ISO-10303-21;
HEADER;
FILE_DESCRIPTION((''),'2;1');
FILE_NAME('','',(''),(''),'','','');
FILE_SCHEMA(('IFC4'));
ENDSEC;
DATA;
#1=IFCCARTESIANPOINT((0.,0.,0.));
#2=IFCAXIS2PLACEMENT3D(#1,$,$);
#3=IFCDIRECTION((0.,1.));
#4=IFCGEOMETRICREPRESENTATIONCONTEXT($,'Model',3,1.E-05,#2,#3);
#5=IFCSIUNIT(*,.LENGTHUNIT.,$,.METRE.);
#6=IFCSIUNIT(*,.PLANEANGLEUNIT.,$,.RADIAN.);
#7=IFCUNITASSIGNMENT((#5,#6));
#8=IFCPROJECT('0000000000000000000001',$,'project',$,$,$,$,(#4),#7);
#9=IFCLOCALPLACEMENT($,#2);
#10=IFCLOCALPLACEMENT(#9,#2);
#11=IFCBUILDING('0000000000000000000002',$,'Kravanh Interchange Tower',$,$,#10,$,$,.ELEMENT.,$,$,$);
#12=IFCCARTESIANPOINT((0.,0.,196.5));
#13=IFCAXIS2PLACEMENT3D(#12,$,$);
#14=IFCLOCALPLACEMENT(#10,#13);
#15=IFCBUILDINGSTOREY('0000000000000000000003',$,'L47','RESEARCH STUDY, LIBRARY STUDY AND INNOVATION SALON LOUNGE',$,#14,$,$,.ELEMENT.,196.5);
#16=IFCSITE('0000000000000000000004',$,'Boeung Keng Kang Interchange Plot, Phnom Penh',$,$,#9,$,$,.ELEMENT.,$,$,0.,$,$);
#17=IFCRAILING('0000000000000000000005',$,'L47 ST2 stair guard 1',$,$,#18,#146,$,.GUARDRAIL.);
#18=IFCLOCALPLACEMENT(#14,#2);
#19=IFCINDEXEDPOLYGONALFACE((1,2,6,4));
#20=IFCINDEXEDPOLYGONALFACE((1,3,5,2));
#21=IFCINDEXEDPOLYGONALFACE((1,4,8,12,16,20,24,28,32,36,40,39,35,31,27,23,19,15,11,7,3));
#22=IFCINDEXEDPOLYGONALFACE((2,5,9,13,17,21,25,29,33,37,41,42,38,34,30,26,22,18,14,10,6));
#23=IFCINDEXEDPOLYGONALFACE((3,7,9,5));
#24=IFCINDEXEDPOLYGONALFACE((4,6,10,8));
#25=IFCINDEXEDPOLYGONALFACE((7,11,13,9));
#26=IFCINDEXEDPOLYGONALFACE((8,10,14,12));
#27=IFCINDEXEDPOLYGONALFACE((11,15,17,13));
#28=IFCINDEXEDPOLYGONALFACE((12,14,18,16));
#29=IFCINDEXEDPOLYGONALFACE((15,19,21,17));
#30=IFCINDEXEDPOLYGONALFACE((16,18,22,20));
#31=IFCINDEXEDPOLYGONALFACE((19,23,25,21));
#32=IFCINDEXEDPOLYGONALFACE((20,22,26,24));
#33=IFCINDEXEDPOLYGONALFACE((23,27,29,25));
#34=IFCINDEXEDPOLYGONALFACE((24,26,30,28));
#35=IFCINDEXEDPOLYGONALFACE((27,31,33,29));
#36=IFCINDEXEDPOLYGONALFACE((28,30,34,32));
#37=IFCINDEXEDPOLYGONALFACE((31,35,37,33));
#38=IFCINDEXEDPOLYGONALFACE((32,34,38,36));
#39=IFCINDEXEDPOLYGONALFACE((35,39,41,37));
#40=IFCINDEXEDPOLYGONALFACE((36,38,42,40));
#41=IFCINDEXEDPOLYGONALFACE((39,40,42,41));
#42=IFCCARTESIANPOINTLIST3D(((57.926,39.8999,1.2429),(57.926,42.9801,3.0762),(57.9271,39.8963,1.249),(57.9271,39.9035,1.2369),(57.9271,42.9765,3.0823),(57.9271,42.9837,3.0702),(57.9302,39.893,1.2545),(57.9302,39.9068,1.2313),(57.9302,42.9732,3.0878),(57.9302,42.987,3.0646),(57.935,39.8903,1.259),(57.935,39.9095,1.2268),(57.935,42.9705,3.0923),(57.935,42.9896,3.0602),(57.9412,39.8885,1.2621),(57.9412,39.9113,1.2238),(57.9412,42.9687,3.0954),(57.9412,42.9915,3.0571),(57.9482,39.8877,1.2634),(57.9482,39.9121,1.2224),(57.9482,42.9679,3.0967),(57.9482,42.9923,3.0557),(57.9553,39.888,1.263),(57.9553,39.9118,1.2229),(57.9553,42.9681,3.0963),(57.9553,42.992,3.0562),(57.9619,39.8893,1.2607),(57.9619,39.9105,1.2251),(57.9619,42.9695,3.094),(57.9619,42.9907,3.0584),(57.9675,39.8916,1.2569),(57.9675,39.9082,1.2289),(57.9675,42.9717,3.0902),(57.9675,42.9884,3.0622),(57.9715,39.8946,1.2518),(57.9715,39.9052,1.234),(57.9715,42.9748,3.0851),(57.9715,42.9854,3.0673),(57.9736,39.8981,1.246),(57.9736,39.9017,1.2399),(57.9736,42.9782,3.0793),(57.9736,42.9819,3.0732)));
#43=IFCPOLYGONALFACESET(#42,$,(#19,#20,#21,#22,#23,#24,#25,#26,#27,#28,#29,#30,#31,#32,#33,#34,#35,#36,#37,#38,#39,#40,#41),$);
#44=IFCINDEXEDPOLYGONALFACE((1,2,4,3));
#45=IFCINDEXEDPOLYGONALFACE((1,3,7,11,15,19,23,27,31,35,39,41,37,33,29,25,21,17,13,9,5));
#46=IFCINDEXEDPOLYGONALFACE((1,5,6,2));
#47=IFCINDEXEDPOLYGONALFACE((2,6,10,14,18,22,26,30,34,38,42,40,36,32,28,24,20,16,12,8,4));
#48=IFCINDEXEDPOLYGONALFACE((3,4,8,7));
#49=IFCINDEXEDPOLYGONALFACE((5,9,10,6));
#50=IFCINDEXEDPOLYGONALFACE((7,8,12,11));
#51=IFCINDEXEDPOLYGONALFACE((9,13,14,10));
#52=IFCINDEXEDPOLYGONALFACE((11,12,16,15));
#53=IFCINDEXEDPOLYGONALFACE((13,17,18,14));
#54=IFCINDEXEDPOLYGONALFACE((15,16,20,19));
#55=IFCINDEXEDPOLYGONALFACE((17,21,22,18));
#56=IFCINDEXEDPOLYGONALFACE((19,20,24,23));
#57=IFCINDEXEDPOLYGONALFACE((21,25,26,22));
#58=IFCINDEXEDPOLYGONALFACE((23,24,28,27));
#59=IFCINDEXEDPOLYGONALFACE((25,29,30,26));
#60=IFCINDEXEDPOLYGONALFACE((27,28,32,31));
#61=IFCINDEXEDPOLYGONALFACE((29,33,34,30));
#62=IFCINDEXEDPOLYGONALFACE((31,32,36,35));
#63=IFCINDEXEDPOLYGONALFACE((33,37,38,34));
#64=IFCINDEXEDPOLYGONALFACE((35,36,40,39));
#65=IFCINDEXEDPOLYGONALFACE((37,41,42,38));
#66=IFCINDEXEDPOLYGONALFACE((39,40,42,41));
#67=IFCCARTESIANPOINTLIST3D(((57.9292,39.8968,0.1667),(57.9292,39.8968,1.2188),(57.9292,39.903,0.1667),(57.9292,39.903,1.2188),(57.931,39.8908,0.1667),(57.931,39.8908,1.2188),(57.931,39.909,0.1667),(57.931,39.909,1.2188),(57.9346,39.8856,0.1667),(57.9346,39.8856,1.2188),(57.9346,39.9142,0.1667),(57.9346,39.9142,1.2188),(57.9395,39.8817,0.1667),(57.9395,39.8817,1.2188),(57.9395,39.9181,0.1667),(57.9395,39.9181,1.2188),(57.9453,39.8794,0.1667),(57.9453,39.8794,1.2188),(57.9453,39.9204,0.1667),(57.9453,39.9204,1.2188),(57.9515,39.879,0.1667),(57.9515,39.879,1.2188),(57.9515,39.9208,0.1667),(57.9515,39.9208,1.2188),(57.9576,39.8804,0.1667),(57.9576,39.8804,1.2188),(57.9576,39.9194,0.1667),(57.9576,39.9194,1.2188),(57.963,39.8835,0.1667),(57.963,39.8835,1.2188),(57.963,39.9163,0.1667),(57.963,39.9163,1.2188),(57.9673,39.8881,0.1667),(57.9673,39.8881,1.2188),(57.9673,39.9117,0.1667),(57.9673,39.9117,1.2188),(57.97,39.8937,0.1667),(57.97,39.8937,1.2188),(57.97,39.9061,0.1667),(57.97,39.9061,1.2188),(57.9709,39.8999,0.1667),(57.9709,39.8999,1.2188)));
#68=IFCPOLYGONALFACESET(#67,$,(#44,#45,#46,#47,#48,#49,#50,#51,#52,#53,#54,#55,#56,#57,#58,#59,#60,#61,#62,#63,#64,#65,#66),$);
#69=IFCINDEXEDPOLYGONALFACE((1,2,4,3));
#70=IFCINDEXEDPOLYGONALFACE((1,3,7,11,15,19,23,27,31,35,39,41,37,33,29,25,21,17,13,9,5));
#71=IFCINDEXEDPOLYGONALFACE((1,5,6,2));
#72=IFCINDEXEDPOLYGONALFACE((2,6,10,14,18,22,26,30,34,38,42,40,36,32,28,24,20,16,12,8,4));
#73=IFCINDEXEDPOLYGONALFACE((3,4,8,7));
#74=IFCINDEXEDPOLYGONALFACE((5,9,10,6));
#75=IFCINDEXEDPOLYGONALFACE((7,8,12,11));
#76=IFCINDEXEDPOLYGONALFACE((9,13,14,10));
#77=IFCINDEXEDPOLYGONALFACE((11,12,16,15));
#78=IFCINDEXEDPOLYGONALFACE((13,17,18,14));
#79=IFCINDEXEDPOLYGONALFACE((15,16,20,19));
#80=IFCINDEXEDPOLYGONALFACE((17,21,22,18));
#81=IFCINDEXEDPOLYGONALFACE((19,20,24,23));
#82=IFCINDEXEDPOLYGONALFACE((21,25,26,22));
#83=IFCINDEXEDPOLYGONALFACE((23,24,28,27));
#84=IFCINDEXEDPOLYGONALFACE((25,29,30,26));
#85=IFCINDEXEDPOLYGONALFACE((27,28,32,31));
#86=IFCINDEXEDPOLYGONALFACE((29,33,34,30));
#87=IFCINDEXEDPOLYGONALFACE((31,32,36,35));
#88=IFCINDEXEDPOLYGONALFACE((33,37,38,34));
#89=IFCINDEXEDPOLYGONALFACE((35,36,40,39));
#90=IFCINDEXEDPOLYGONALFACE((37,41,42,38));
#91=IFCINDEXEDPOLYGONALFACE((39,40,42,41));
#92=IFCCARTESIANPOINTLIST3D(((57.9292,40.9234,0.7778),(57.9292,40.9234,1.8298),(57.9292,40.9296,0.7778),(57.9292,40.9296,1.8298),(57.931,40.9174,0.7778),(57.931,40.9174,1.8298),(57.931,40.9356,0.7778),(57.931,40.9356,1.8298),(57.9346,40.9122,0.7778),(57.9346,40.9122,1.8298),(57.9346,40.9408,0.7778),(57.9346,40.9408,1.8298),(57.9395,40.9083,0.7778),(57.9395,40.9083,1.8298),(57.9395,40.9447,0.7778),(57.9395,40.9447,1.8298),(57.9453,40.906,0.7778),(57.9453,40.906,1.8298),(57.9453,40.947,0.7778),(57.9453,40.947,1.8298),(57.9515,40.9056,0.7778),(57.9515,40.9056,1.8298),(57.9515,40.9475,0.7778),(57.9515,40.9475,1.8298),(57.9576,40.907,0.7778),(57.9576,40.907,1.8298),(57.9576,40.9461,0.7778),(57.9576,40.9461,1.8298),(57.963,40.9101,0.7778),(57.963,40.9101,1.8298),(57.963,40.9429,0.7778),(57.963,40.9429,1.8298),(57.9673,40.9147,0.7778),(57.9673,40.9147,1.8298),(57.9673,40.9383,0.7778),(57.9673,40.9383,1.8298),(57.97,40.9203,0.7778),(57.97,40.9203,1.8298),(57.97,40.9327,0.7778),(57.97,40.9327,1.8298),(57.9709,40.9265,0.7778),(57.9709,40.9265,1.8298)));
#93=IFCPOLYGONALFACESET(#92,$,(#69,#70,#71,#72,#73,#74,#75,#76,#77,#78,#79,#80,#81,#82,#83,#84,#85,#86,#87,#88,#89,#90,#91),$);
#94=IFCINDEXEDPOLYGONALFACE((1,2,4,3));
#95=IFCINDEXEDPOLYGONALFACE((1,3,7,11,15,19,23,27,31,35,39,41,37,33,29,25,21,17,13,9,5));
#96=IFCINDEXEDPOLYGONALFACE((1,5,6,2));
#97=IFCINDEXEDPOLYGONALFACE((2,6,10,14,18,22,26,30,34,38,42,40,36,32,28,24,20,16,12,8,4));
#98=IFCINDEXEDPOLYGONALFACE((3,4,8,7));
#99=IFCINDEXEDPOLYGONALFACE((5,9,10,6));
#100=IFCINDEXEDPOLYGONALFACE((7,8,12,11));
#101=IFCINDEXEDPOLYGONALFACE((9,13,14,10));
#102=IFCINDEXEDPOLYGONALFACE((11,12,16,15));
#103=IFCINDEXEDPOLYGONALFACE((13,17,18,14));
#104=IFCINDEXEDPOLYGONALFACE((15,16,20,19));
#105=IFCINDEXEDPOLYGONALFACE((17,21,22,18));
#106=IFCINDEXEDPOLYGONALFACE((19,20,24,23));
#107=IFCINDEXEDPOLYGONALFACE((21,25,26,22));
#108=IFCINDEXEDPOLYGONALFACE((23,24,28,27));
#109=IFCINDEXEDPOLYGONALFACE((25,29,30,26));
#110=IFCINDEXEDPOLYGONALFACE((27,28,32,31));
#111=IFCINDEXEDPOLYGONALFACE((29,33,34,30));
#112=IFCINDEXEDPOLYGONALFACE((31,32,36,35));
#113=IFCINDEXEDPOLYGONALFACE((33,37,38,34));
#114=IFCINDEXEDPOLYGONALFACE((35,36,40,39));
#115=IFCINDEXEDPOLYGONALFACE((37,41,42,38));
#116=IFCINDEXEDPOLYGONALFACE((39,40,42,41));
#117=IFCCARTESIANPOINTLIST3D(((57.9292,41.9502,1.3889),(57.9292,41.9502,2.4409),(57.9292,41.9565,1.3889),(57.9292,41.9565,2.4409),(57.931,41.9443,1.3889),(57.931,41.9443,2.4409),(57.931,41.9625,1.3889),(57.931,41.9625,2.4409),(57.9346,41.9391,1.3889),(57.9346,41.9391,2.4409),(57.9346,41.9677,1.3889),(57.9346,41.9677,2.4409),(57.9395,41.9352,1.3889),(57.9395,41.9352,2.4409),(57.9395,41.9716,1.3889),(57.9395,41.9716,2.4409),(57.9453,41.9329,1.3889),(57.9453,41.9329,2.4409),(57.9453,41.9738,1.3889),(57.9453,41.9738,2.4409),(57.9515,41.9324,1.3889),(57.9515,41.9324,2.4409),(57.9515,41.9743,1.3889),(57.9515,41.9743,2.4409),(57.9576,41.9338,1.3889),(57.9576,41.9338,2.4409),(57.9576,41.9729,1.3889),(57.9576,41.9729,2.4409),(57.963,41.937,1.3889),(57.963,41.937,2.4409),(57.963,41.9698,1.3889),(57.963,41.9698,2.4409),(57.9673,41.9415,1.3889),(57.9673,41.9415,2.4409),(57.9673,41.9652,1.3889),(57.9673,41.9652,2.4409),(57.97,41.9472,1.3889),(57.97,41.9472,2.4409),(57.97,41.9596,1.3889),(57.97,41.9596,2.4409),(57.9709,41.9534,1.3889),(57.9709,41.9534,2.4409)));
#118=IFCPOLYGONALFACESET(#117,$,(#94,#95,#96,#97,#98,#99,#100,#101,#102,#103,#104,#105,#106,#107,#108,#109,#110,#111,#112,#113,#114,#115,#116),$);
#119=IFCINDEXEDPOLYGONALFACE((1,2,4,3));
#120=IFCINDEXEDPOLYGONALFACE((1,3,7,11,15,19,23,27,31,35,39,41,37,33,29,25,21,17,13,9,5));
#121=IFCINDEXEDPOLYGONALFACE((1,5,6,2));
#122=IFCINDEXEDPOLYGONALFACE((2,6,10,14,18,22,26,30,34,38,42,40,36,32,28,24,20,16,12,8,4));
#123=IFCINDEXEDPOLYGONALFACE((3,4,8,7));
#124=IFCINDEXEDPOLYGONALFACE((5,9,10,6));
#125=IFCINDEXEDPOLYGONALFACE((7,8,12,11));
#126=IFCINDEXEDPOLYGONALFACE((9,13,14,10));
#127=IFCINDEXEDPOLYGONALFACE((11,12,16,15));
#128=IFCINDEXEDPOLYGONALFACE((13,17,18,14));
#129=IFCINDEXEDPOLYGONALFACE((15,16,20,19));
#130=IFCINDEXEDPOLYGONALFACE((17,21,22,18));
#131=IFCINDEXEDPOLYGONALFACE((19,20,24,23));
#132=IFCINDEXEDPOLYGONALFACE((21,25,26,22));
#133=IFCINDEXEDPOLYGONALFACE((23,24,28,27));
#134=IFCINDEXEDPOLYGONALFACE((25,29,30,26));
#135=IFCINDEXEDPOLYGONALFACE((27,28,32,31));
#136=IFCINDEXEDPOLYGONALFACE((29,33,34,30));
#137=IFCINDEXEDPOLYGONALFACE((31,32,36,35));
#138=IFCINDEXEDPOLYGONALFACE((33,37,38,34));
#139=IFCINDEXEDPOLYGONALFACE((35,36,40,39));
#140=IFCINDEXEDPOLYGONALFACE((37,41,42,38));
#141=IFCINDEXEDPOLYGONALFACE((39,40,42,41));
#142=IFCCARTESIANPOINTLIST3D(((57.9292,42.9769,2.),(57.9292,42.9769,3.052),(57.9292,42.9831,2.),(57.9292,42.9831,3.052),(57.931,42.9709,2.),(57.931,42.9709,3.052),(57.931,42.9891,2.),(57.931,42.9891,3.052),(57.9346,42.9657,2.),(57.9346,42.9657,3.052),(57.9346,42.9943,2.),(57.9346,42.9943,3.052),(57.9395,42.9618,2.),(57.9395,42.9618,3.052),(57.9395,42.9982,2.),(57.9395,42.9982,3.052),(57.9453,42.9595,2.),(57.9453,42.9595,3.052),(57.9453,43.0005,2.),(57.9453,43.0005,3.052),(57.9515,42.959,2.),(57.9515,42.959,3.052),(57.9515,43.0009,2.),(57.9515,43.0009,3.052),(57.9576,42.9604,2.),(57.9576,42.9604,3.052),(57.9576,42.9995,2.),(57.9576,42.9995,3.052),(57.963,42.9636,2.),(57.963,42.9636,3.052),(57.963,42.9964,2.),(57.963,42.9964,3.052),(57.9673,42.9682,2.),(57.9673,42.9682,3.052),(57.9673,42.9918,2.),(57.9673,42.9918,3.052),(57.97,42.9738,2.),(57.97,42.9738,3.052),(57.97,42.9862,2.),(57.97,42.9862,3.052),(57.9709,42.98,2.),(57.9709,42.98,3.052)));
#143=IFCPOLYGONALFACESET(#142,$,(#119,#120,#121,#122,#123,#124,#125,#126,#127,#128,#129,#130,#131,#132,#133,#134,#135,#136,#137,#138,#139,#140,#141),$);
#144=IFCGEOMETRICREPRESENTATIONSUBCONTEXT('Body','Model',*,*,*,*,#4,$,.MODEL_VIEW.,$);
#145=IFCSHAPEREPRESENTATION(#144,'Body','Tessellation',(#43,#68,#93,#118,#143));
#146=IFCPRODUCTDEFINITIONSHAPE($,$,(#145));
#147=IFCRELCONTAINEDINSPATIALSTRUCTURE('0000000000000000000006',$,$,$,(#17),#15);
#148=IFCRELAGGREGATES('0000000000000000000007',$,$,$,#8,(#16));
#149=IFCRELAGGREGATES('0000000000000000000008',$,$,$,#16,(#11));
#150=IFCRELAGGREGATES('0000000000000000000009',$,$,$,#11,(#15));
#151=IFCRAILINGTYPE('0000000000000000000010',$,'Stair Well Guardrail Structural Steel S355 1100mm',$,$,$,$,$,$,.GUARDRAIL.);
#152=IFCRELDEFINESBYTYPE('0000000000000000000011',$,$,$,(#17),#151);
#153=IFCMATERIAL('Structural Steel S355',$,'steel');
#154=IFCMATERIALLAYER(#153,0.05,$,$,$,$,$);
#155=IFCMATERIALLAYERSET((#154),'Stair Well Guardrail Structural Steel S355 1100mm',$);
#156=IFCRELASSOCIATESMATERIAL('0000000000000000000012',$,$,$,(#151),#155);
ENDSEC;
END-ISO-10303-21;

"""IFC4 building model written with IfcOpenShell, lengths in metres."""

from ifc_helpers import new_model, si_unit, direction, frame, origin, origin_2d, place, context, subcontext, project, spatial, circle, extrude, material, layer, layer_set, type_object, element, save


model = new_model("IFC4")

# Units and contexts
model_context = context("Model", 3, precision=1e-05, world=origin(), true_north=direction((0.0, 1.0)))
body_context = subcontext(model_context, "Body", "Model", "MODEL_VIEW")
ifc_project = project(units=[si_unit("LENGTHUNIT", "METRE"), si_unit("PLANEANGLEUNIT", "RADIAN")], contexts=[model_context])

# Site, building, storey
site_placement = place(None, origin())
site = spatial("IfcSite", under=ifc_project, at=site_placement, Name="Boeung Keng Kang Interchange Plot, Phnom Penh", CompositionType="ELEMENT", RefElevation=0.0)
building_placement = place(site_placement, origin())
building = spatial("IfcBuilding", under=site, at=building_placement, Name="Kravanh Interchange Tower", CompositionType="ELEMENT")
storey_placement = place(building_placement, frame((0.0, 0.0, 196.5)))
storey = spatial("IfcBuildingStorey", under=building, at=storey_placement, Name="L47", Description="RESEARCH STUDY, LIBRARY STUDY AND INNOVATION SALON LOUNGE", CompositionType="ELEMENT", Elevation=196.5)

# Railing
ifc_material_1 = material(Name="Structural Steel S355", Category="steel")
ifc_layer_1 = layer(ifc_material_1, 0.05)
ifc_layer_set_1 = layer_set([ifc_layer_1], Name="Stair Well Guardrail Structural Steel S355 1100mm")
railing_type_1 = type_object("IfcRailingType", Name="Stair Well Guardrail Structural Steel S355 1100mm", PredefinedType="GUARDRAIL", material=ifc_layer_set_1)
railing_1_placement = place(storey_placement, frame((57.95, 39.8999, 0.1667)))
element("IfcRailing", 1, at=railing_1_placement, inside=storey, type_object=railing_type_1, Name="L47 ST2 stair guard 1", PredefinedType="GUARDRAIL", context=body_context, shape_type="SweptSolid", body=[
    extrude(circle(Radius=0.0239, at=origin_2d()), frame((0.0, 0.0, 1.0762), z_axis=(0.0, 0.859309, 0.511458), x_axis=(-1.0, 0.0, 0.0)), (0.0, 0.0, 1.0), 3.5845),
    extrude(circle(Radius=0.021, at=origin_2d()), origin(), (0.0, 0.0, 1.0), 1.052),
    extrude(circle(Radius=0.021, at=origin_2d()), frame((0.0, 1.0266, 0.6111)), (0.0, 0.0, 1.0), 1.052),
    extrude(circle(Radius=0.021, at=origin_2d()), frame((0.0, 2.0535, 1.2222)), (0.0, 0.0, 1.0), 1.052),
    extrude(circle(Radius=0.021, at=origin_2d()), frame((0.0, 3.0801, 1.8333)), (0.0, 0.0, 1.0), 1.052),
])

save(model, "model.ifc")
